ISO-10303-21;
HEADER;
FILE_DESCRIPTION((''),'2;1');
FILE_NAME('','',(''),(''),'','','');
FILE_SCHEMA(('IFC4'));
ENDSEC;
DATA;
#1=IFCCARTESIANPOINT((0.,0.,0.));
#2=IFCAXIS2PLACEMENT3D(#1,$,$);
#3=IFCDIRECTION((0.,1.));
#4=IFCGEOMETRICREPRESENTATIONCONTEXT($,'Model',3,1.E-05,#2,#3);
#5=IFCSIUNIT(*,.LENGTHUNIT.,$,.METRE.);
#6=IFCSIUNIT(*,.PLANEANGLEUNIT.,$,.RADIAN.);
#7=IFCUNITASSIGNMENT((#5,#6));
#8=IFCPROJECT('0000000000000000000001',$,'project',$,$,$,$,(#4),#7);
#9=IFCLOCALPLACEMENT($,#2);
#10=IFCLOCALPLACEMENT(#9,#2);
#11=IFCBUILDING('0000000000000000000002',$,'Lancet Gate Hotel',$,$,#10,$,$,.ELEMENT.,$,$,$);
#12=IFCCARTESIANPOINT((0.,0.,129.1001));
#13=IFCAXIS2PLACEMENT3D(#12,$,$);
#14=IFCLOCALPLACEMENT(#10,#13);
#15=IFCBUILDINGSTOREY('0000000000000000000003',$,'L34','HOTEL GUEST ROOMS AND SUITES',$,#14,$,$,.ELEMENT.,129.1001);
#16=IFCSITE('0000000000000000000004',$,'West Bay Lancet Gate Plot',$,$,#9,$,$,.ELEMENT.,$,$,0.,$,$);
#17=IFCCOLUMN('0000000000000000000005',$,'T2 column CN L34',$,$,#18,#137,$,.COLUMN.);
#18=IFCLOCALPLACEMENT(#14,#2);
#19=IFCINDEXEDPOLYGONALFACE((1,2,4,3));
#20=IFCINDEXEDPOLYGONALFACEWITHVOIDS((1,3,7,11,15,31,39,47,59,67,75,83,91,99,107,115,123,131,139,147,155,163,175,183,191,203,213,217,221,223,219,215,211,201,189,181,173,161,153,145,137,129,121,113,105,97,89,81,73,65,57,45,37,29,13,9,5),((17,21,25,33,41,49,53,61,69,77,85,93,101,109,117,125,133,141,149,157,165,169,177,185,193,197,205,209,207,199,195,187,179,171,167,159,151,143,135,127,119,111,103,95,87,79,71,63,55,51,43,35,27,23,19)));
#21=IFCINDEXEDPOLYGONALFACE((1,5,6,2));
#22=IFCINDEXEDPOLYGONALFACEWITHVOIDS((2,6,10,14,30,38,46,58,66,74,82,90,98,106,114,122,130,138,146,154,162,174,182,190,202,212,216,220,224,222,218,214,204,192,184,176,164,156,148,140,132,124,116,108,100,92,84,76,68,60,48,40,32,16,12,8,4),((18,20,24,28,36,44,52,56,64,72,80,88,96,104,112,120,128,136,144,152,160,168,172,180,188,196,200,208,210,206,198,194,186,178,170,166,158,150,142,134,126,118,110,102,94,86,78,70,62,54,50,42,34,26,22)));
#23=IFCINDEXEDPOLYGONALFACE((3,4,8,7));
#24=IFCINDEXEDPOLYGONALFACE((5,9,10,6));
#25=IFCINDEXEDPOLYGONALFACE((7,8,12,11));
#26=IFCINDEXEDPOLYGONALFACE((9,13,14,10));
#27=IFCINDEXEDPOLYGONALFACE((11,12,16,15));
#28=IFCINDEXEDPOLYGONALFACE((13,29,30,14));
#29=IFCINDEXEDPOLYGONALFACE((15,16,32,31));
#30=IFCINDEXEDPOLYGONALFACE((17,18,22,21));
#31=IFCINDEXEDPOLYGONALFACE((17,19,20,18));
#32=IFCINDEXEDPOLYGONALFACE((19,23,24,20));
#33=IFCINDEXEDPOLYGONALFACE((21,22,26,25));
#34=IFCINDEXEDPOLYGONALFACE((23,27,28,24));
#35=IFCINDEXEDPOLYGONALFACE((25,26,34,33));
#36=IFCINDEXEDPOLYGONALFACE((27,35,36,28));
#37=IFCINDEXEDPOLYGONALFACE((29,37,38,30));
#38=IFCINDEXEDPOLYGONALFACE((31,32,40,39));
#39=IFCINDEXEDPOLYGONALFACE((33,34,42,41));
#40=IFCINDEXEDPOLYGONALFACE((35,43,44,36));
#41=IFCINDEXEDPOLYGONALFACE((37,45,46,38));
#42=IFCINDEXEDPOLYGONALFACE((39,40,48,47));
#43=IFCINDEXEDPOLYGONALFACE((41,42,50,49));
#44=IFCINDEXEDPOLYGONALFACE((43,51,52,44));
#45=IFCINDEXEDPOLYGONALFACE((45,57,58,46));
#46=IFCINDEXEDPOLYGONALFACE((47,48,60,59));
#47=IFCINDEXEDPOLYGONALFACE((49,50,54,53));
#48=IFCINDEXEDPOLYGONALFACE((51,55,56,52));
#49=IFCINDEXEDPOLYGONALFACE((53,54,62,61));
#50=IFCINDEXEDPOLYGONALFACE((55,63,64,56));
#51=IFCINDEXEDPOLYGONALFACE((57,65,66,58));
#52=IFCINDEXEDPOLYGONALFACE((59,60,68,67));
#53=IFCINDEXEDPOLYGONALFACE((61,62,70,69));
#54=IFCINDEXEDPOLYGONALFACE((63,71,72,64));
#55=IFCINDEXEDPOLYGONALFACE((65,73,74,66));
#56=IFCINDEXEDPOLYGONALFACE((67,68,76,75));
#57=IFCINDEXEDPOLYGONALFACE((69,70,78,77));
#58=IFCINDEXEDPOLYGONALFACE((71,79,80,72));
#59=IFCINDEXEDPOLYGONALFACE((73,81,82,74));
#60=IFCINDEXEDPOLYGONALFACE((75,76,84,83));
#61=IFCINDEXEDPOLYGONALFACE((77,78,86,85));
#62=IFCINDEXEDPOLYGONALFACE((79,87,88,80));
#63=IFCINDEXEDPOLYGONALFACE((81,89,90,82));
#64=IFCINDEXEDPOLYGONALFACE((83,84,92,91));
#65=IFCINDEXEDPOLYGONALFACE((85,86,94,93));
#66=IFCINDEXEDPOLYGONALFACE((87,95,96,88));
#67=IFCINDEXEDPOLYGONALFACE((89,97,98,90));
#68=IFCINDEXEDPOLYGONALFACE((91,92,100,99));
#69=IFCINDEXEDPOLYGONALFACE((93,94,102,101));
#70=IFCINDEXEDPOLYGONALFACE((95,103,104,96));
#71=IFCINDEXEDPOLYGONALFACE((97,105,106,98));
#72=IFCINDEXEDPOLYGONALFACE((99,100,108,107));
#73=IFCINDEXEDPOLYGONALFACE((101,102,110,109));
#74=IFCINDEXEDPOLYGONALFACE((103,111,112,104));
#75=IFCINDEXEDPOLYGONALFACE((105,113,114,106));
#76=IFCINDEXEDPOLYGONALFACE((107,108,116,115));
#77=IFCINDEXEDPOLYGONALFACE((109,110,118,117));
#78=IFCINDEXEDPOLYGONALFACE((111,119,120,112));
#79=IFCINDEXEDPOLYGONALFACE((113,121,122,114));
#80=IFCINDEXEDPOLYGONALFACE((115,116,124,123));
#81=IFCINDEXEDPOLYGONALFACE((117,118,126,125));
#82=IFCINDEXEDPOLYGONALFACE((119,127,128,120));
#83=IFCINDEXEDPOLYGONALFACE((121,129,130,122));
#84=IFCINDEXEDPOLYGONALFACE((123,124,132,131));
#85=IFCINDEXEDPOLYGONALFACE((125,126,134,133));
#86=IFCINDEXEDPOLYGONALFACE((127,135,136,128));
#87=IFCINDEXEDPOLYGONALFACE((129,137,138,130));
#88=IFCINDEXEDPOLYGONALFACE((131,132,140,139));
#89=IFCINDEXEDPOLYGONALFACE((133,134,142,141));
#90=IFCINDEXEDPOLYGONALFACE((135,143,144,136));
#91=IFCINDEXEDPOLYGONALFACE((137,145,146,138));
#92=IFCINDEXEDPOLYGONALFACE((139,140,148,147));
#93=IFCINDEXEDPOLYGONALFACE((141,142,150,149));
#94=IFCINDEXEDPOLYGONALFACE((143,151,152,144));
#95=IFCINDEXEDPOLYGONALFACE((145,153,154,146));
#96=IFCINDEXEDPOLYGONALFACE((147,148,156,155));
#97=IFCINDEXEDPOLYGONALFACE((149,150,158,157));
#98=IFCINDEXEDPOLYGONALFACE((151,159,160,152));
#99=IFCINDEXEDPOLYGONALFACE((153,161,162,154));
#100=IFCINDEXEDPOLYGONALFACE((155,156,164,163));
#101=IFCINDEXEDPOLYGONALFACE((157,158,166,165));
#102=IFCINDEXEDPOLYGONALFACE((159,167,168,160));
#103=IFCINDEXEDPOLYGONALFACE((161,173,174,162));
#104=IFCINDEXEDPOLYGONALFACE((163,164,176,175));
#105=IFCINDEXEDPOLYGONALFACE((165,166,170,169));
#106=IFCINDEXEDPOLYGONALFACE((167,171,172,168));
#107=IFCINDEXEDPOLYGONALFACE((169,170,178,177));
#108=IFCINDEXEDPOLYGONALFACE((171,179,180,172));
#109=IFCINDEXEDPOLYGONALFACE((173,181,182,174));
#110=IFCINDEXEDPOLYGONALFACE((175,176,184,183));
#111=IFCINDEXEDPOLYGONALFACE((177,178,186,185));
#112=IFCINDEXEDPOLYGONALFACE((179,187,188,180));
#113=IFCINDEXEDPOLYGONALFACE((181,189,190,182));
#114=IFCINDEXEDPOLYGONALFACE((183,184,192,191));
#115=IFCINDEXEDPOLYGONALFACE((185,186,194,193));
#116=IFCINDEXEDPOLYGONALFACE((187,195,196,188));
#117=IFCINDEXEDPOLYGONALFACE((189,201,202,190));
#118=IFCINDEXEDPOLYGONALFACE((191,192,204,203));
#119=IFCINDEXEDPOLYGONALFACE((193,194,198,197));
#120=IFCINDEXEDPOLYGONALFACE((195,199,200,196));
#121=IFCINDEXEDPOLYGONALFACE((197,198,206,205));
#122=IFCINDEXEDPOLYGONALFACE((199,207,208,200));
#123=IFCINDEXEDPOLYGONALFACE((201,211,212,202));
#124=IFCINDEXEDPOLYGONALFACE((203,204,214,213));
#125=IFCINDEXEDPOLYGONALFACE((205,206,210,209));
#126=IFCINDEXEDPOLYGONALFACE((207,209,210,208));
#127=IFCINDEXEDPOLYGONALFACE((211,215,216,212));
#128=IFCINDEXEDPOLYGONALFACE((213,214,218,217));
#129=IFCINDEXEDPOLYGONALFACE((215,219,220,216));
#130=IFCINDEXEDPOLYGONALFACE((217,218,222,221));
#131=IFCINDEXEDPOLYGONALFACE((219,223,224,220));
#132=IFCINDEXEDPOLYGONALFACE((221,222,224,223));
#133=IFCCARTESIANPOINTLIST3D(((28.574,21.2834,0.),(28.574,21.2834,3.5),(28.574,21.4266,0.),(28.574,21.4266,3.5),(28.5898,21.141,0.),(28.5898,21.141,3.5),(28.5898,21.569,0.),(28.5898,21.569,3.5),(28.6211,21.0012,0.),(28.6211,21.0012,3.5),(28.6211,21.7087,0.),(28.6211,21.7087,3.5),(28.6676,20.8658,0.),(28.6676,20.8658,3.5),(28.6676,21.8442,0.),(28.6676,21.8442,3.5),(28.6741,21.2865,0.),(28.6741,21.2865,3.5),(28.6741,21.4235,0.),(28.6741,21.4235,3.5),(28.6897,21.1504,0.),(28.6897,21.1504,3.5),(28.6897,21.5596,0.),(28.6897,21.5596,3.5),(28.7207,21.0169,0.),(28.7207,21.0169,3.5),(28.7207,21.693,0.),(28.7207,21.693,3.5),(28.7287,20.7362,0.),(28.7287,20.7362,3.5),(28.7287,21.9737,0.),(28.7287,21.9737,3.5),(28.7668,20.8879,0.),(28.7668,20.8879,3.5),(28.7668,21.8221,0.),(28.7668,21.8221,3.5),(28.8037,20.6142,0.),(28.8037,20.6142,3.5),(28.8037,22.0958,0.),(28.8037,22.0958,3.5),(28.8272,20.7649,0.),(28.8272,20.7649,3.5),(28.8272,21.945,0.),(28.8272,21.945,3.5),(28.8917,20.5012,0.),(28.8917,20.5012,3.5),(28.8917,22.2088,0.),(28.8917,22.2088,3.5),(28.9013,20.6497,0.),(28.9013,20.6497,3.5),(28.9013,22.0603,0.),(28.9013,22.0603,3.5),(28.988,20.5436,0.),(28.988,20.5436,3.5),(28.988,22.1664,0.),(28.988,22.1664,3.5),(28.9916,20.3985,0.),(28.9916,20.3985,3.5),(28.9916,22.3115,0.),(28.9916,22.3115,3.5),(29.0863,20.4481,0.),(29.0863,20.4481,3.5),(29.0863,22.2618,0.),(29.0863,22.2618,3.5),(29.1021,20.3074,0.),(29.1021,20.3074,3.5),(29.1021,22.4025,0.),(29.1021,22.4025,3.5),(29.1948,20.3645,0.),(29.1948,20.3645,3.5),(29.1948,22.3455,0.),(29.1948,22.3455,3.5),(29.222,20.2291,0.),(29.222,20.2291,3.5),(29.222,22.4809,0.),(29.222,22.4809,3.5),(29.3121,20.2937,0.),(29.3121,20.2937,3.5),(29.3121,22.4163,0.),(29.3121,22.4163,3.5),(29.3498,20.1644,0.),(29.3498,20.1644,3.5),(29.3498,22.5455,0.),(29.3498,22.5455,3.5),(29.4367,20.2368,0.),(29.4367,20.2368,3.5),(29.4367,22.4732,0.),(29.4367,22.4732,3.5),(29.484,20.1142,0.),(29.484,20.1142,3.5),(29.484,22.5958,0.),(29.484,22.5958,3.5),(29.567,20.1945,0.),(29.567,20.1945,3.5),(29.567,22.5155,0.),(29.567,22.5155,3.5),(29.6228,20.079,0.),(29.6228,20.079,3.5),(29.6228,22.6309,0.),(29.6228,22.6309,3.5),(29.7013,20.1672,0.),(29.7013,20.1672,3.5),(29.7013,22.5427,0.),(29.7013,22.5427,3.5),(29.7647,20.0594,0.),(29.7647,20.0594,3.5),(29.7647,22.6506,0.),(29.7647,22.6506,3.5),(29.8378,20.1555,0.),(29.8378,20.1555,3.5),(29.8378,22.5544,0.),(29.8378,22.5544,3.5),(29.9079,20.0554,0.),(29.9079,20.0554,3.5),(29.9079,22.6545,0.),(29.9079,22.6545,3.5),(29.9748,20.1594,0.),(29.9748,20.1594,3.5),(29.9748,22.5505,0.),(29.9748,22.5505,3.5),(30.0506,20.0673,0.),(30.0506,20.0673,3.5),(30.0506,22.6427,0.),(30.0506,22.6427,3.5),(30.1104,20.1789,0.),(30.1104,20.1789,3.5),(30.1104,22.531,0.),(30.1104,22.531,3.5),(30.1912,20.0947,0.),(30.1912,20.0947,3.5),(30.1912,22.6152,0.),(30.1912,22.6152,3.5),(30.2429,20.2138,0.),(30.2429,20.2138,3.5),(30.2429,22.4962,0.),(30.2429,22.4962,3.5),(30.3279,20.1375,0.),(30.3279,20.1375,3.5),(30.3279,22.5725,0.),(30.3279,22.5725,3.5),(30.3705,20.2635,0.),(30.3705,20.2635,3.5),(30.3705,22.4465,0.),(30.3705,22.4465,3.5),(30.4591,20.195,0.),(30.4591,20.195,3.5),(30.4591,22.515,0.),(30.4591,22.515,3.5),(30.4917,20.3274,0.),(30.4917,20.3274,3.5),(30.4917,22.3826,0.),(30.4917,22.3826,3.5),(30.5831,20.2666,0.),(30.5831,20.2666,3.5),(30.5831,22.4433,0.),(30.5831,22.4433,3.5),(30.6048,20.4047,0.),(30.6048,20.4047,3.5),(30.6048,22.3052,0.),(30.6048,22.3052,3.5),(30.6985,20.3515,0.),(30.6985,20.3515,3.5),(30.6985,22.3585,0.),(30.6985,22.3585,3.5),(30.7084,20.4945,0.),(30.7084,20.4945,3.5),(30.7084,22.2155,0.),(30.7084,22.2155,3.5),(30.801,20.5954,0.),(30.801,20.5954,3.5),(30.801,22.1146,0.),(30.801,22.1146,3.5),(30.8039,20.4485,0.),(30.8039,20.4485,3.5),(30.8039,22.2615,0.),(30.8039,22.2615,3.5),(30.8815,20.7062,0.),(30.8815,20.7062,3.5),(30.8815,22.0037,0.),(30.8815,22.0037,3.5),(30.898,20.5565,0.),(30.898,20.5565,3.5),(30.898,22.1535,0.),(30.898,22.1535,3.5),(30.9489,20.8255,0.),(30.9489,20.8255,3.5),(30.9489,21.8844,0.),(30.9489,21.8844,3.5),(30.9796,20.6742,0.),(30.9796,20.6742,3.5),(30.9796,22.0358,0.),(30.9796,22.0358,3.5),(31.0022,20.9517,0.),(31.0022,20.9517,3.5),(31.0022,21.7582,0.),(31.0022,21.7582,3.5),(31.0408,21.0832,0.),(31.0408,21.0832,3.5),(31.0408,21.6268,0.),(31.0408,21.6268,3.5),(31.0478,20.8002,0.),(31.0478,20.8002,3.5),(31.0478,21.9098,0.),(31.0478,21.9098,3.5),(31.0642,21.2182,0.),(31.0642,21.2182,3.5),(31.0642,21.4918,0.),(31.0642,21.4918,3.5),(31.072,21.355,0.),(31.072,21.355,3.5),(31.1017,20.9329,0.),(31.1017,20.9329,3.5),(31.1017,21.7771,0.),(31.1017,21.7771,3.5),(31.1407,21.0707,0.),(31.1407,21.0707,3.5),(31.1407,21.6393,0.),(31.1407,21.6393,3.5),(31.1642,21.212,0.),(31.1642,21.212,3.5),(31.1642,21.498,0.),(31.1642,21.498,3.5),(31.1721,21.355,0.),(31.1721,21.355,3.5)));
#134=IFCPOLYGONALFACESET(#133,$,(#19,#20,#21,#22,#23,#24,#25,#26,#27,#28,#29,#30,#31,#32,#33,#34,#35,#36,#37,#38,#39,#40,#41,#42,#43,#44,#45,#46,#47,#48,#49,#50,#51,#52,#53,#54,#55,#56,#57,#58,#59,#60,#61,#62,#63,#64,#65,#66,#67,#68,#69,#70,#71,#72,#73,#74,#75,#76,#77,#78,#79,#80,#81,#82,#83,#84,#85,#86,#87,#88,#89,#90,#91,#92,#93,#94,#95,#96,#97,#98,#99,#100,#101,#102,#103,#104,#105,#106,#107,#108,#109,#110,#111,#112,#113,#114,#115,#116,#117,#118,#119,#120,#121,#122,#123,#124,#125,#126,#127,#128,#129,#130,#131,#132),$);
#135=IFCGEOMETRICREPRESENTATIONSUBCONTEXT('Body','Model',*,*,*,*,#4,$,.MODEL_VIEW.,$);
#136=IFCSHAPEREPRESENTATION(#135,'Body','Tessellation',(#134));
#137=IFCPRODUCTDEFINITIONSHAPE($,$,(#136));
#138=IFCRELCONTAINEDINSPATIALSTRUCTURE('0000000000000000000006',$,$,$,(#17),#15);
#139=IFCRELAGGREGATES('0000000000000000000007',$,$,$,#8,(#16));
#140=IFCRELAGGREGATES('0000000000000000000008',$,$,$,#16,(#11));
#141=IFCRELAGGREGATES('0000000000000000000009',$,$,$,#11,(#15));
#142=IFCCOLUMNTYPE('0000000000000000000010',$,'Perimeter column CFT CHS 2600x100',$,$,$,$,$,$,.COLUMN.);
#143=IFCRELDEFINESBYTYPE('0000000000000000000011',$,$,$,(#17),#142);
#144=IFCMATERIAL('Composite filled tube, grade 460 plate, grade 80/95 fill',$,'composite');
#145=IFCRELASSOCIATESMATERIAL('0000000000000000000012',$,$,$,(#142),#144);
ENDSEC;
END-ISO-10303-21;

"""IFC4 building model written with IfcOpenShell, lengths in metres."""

from ifc_helpers import new_model, si_unit, direction, frame, origin, origin_2d, place, context, subcontext, project, spatial, hollow_circle, extrude, material, material_profile, profile_set, type_object, element, save


model = new_model("IFC4")

# Units and contexts
model_context = context("Model", 3, precision=1e-05, world=origin(), true_north=direction((0.0, 1.0)))
body_context = subcontext(model_context, "Body", "Model", "MODEL_VIEW")
ifc_project = project(units=[si_unit("LENGTHUNIT", "METRE"), si_unit("PLANEANGLEUNIT", "RADIAN")], contexts=[model_context])

# Site, building, storey
site_placement = place(None, origin())
site = spatial("IfcSite", under=ifc_project, at=site_placement, Name="West Bay Lancet Gate Plot", CompositionType="ELEMENT", RefElevation=0.0)
building_placement = place(site_placement, origin())
building = spatial("IfcBuilding", under=site, at=building_placement, Name="Lancet Gate Hotel", CompositionType="ELEMENT")
storey_placement = place(building_placement, frame((0.0, 0.0, 129.1001)))
storey = spatial("IfcBuildingStorey", under=building, at=storey_placement, Name="L34", Description="HOTEL GUEST ROOMS AND SUITES", CompositionType="ELEMENT", Elevation=129.1001)

# Column
ifc_material_1 = material(Name="Composite filled tube, grade 460 plate, grade 80/95 fill", Category="composite")
ifc_material_profile_1 = material_profile(ifc_material_1, hollow_circle(Radius=1.3, WallThickness=0.1001, at=origin_2d()), Name="CHS 2600x100")
ifc_profile_set_1 = profile_set([ifc_material_profile_1], Name="Composite filled tube, grade 460 plate, grade 80/95 fill")
column_type = type_object("IfcColumnType", Name="Perimeter column CFT CHS 2600x100", PredefinedType="COLUMN", material=ifc_profile_set_1)
for number, where, z_axis, x_axis, name in (
    (1, (29.8721, 21.355, 0.0), (0.0, 0.0, 1.0), (1.0, 0.0, 0.0), "T2 column CN L34"),
):
    element("IfcColumn", number, at=place(storey_placement, frame(where, z_axis=z_axis, x_axis=x_axis)), inside=storey, type_object=column_type, Name=name, PredefinedType="COLUMN", context=body_context, shape_type="SweptSolid", body=[
        extrude(hollow_circle(Radius=1.3, WallThickness=0.1001, at=origin_2d()), origin(), (0.0, 0.0, 1.0), 3.5),
    ])

save(model, "model.ifc")
